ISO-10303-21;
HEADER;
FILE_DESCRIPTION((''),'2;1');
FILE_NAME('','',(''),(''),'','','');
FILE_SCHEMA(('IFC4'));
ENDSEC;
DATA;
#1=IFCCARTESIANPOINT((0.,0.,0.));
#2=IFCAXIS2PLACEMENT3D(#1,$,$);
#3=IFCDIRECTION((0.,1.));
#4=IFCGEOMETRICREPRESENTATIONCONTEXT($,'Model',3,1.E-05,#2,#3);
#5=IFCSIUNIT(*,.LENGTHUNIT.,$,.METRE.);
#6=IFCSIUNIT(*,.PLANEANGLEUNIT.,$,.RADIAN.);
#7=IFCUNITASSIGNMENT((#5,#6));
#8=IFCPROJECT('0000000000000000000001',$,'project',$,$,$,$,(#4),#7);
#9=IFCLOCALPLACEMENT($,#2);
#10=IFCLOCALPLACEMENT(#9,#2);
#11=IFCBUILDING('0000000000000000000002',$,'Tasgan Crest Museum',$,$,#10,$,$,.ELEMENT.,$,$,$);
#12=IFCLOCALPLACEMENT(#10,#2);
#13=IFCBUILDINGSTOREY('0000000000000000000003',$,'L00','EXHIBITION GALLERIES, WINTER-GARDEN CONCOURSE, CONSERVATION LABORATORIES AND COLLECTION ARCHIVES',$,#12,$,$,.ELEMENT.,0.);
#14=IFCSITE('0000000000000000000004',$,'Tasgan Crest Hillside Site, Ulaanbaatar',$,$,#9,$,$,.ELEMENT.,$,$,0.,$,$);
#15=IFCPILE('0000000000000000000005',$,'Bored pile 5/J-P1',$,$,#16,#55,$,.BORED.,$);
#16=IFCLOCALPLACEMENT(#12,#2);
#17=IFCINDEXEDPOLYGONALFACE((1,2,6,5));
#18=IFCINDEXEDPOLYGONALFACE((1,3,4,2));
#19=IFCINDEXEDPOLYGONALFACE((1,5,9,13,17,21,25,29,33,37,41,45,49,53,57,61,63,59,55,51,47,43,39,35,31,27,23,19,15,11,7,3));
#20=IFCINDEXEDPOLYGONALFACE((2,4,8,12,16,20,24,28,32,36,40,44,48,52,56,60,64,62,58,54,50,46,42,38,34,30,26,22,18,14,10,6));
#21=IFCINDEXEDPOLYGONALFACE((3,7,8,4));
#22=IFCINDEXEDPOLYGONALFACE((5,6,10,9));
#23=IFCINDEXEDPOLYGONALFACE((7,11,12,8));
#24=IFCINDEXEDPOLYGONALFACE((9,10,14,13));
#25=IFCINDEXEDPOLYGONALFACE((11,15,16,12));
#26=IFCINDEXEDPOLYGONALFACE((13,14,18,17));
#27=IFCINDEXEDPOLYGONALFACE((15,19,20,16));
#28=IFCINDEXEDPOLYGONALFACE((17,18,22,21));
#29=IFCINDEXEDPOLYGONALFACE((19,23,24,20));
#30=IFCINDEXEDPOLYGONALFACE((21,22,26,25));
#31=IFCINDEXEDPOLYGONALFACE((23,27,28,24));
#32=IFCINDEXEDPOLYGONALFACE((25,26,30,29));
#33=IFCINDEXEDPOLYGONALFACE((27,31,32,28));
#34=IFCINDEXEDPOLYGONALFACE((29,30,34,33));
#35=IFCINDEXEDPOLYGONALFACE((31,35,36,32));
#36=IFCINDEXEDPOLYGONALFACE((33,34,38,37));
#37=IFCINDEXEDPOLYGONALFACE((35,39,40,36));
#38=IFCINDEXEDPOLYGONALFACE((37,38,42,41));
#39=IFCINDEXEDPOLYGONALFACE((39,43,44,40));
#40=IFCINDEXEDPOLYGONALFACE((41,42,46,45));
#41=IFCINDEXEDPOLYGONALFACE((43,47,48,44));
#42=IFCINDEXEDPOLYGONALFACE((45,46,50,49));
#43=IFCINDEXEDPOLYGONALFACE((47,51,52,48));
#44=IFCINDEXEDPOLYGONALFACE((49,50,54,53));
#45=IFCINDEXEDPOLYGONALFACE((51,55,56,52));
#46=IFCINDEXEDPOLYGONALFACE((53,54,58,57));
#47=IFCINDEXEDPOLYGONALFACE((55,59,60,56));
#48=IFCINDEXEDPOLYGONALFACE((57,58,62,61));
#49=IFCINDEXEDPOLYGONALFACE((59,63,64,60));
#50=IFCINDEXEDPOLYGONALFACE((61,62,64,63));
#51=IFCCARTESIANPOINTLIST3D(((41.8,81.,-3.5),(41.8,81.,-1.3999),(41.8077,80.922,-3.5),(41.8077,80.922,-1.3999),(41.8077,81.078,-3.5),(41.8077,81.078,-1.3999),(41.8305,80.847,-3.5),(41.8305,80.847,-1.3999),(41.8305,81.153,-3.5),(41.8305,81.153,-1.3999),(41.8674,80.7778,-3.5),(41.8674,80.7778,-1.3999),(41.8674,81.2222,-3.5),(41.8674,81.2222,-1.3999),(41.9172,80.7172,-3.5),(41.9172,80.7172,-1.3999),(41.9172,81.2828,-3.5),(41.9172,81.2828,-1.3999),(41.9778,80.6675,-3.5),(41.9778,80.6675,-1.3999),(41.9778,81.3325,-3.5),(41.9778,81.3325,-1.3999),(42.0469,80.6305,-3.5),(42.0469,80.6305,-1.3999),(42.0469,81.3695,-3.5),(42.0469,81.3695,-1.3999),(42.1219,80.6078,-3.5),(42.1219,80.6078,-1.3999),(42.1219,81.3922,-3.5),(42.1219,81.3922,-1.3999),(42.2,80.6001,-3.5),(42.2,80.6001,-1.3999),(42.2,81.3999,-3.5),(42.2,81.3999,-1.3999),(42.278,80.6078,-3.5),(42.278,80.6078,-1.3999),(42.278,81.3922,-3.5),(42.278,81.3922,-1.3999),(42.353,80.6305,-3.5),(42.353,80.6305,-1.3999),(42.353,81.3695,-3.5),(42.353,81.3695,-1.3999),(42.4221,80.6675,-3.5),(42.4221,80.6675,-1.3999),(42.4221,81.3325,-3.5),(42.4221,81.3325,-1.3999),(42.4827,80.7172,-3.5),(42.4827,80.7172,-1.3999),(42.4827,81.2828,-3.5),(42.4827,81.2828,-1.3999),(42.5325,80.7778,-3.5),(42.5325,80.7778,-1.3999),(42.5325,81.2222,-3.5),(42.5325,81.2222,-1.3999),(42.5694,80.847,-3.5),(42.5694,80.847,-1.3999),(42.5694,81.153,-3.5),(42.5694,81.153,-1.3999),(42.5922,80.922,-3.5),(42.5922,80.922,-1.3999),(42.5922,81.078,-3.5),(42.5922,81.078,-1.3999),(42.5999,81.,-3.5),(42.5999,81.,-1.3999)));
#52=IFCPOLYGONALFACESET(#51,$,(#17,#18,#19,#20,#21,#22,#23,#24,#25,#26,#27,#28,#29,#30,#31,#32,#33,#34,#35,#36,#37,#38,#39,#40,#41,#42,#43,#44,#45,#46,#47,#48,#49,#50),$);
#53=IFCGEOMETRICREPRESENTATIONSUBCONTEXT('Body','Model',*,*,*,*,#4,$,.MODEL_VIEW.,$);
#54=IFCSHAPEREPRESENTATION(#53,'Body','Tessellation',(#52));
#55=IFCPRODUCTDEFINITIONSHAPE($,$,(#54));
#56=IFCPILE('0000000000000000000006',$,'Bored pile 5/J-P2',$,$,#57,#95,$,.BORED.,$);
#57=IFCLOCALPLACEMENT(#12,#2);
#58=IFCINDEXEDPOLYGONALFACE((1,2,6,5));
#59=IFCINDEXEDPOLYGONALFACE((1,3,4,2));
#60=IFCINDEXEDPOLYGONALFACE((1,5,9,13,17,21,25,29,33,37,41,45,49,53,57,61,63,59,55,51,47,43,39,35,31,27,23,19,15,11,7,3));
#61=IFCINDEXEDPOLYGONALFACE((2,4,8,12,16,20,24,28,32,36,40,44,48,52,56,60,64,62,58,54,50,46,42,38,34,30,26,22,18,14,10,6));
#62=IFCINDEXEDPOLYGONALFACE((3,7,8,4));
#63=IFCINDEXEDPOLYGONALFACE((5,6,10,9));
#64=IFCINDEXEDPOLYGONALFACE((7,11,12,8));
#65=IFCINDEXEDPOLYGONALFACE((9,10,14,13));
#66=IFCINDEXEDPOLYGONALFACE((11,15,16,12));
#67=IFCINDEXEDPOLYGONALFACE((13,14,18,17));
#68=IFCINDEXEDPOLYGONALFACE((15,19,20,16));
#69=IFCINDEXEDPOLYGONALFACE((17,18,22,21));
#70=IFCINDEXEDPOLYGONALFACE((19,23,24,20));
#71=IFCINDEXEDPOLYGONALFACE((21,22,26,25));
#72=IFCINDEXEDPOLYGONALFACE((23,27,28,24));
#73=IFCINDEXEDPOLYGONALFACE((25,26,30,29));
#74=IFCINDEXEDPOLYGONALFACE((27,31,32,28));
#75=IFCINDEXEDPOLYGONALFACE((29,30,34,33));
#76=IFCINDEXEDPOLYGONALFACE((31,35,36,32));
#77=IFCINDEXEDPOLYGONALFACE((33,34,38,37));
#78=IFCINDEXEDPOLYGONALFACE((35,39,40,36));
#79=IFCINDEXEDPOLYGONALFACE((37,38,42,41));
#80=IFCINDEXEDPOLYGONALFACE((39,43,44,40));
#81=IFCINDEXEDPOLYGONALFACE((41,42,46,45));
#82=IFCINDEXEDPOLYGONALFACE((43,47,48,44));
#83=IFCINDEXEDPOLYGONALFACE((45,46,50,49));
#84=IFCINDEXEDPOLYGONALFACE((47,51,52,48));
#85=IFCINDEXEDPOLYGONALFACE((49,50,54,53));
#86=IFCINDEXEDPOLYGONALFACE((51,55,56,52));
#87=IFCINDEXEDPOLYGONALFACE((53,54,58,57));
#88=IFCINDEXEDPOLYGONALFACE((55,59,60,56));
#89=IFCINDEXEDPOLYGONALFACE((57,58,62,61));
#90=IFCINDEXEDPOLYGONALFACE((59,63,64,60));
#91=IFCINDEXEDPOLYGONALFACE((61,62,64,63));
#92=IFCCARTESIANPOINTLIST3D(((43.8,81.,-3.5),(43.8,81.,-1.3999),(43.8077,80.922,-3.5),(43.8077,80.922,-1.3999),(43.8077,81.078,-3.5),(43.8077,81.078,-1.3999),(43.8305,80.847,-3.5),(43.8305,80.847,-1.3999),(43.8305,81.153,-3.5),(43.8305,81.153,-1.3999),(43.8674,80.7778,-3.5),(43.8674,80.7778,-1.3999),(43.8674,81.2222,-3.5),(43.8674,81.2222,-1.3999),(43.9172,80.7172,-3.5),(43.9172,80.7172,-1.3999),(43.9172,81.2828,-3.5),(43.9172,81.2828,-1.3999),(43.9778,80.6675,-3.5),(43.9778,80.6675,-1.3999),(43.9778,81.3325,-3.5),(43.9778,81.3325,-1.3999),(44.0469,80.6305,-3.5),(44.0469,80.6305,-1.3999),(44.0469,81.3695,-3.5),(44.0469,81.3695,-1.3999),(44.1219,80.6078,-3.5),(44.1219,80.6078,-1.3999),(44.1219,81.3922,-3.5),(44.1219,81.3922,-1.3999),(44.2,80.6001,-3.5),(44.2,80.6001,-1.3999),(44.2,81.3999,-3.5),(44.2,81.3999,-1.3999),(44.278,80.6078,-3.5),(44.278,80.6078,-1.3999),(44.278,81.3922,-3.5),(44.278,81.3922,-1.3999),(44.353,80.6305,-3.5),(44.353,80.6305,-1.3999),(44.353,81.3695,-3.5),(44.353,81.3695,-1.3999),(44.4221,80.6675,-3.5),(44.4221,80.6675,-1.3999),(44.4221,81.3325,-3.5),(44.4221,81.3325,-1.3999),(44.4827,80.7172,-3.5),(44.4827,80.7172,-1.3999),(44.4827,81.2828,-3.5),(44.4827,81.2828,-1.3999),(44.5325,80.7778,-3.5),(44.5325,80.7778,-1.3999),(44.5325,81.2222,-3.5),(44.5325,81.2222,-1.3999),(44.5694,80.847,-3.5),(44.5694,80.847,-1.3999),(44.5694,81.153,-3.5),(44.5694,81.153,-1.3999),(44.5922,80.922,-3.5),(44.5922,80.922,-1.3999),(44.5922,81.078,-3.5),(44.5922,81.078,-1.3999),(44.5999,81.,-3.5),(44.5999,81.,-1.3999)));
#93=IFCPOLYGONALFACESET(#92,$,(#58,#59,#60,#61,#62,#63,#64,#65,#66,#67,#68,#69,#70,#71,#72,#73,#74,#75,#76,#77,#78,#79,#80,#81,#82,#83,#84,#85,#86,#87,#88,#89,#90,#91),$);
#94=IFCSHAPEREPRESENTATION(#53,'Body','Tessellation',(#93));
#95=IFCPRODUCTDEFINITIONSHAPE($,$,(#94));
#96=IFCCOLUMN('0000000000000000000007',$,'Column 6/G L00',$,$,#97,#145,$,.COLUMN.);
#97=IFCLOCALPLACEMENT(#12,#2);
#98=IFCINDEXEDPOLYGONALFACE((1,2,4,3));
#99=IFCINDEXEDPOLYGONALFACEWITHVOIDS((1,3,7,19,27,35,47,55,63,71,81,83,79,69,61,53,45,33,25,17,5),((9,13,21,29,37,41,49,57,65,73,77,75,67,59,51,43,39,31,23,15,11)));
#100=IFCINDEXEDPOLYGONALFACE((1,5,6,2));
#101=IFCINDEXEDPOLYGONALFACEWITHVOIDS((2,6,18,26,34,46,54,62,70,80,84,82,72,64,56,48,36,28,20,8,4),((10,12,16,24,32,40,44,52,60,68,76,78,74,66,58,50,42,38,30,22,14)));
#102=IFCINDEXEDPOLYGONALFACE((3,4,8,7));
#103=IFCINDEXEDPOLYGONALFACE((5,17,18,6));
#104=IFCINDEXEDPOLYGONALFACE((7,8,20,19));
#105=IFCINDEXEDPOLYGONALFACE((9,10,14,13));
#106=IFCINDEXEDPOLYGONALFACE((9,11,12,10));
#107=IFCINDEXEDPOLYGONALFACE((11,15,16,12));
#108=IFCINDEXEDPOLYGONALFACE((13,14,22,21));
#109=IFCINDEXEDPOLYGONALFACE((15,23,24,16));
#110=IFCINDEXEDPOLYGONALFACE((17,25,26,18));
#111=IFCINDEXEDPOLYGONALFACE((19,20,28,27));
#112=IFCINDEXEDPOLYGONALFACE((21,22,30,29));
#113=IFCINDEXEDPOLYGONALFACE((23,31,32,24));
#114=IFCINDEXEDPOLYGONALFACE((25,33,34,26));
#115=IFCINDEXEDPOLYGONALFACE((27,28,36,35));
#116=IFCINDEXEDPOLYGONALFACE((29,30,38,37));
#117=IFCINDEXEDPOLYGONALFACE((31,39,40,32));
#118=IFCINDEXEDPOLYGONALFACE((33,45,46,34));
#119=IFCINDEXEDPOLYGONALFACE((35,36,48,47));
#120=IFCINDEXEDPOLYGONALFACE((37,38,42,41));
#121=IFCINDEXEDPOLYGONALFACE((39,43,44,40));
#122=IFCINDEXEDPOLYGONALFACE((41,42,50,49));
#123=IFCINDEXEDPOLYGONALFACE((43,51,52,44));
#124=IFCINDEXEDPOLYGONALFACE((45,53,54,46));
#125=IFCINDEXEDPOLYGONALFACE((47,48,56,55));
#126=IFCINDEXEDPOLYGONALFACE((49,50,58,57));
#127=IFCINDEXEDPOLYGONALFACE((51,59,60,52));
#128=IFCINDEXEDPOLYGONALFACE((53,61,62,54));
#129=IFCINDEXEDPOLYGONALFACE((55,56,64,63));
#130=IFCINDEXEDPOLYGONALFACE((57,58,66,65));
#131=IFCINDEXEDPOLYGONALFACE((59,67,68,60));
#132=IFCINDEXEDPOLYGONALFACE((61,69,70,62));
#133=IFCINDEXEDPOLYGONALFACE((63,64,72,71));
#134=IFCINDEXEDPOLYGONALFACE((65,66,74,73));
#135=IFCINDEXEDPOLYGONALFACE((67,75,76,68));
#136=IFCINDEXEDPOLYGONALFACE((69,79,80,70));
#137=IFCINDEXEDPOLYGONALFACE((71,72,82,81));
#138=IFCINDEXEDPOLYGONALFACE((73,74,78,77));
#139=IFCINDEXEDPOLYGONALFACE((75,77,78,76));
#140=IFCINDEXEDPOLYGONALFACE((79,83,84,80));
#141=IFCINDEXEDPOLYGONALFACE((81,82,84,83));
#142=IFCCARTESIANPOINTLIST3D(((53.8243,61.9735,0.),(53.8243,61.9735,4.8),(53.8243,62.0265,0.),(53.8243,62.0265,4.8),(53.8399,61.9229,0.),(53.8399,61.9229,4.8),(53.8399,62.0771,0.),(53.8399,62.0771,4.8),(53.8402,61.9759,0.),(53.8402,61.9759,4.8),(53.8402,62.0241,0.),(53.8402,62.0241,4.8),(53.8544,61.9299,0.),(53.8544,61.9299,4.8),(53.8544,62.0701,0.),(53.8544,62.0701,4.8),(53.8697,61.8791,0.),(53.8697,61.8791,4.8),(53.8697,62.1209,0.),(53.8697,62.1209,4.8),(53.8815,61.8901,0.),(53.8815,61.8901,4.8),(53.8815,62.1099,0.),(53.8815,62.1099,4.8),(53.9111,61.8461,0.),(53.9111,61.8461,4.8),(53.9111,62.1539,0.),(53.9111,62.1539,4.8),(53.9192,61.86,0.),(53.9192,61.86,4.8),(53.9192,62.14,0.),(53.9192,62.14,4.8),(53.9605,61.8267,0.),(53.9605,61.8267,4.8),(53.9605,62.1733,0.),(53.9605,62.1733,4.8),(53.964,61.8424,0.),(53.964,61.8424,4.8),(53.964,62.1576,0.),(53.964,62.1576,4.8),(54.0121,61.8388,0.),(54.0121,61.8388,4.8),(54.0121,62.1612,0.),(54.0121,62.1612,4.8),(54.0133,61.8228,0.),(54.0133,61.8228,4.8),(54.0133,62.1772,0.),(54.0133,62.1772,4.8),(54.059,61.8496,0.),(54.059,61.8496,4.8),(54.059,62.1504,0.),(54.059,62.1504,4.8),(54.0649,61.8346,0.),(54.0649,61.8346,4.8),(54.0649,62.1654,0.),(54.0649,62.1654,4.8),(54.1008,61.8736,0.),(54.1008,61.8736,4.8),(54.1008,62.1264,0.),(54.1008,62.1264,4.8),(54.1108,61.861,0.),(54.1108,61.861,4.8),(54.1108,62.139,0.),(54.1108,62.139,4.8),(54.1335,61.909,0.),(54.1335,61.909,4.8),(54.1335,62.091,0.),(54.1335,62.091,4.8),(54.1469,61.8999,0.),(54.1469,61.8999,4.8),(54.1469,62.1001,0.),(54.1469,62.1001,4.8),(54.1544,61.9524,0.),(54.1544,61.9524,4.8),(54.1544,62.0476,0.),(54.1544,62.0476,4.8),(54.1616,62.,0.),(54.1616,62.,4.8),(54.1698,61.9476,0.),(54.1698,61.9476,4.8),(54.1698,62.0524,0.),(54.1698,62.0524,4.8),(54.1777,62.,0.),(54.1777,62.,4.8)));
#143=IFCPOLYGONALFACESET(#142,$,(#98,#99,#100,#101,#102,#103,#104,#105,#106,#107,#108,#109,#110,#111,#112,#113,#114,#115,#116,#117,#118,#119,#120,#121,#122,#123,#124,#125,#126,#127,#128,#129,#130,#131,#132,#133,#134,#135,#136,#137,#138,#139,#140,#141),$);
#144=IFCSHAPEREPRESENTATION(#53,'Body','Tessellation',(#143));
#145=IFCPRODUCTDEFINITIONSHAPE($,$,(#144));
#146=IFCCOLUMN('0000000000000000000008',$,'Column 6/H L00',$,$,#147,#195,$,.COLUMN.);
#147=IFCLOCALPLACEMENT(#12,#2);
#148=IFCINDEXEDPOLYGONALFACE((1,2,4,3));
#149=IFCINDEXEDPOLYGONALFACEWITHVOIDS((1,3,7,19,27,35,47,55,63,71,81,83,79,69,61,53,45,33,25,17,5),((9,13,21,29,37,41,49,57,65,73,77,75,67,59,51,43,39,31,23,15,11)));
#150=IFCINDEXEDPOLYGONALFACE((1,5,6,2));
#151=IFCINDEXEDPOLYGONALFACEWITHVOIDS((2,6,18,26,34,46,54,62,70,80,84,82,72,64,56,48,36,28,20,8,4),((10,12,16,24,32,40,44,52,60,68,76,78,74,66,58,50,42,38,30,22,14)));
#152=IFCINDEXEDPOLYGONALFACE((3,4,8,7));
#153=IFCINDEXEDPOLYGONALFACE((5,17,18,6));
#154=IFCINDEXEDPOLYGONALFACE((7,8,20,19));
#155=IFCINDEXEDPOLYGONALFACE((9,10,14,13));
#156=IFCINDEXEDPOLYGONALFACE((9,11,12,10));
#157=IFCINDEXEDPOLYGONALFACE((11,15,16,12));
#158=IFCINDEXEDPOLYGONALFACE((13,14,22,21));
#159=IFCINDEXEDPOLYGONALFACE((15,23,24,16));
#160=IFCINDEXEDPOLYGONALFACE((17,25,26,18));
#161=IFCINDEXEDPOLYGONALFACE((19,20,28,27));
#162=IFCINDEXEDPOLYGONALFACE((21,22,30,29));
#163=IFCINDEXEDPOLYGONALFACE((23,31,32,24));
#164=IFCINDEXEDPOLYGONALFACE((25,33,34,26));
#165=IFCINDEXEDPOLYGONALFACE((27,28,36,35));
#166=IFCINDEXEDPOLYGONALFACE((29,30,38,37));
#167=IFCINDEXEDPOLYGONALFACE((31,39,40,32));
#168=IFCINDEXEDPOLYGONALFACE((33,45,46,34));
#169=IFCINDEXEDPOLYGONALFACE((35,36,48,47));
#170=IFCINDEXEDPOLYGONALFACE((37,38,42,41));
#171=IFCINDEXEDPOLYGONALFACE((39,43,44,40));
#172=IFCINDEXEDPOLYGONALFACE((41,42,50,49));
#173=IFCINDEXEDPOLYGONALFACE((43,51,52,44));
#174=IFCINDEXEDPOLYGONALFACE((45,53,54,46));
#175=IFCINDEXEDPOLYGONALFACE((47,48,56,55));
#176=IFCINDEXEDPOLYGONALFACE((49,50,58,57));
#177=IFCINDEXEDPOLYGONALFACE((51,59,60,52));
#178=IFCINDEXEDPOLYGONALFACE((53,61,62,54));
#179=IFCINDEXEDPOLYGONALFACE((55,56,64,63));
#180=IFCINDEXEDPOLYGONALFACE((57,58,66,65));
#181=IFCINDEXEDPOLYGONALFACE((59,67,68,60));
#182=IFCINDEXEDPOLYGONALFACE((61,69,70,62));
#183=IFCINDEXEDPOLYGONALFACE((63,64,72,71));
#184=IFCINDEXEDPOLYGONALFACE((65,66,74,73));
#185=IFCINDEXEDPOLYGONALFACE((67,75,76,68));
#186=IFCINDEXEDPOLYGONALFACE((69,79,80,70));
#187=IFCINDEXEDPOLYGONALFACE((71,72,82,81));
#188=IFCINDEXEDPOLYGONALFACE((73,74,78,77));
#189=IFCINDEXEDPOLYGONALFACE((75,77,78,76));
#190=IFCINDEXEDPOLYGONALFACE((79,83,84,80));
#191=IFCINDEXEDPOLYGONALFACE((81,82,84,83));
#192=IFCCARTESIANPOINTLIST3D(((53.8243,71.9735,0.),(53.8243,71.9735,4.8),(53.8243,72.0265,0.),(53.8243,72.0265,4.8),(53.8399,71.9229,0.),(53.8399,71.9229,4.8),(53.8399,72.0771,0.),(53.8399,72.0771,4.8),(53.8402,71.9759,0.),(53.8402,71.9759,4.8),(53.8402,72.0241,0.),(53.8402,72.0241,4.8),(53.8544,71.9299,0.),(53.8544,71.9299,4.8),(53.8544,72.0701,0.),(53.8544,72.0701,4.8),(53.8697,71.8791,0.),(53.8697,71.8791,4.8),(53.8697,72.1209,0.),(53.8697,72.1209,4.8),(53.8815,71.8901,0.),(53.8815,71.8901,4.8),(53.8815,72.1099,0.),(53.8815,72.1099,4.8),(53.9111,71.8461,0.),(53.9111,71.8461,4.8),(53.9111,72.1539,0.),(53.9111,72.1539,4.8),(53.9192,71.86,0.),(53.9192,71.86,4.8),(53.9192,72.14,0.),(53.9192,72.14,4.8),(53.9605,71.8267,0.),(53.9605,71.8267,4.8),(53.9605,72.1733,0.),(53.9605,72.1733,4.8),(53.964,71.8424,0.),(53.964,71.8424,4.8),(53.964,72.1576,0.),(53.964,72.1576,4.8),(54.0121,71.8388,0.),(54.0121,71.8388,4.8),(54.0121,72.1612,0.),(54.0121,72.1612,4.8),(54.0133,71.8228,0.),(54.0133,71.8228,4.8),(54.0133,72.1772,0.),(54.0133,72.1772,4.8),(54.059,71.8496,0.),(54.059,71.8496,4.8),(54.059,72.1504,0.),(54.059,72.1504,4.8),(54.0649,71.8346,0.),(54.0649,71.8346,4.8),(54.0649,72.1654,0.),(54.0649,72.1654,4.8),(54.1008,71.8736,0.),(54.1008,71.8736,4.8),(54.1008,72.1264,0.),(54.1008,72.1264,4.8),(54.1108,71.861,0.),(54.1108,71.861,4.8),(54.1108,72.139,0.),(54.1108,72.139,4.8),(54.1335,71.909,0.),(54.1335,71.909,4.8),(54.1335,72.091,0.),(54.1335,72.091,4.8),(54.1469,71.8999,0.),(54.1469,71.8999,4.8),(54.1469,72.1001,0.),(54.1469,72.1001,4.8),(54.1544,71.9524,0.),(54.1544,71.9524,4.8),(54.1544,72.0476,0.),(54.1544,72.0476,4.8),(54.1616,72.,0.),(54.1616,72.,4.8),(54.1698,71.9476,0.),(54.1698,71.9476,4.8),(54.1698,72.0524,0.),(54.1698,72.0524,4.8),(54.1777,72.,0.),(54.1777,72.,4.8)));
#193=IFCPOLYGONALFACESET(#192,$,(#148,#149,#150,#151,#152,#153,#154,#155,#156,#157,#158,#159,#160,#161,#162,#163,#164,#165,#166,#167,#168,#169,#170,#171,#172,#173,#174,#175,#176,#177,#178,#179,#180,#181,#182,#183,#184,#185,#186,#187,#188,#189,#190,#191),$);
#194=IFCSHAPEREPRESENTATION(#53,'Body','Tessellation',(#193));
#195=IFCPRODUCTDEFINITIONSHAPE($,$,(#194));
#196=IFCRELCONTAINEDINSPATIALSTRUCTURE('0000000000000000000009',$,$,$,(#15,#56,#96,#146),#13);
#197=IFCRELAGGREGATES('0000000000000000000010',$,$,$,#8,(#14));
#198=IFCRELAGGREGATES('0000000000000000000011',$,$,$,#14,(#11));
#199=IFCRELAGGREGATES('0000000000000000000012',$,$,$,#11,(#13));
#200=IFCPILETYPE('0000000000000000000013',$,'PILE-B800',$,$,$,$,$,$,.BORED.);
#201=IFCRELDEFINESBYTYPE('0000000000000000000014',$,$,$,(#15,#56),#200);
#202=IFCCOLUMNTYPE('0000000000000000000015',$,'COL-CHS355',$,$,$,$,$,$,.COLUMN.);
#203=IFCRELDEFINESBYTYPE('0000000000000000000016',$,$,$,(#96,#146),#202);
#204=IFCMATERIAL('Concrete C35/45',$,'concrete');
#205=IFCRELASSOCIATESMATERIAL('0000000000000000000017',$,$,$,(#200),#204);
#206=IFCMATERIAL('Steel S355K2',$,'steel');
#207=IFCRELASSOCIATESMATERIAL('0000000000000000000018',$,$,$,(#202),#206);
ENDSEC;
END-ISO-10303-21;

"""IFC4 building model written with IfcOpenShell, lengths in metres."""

from ifc_helpers import new_model, si_unit, direction, frame, origin, origin_2d, place, context, subcontext, project, spatial, circle, hollow_circle, extrude, material, material_profile, profile_set, type_object, element, save


model = new_model("IFC4")

# Units and contexts
model_context = context("Model", 3, precision=1e-05, world=origin(), true_north=direction((0.0, 1.0)))
body_context = subcontext(model_context, "Body", "Model", "MODEL_VIEW")
ifc_project = project(units=[si_unit("LENGTHUNIT", "METRE"), si_unit("PLANEANGLEUNIT", "RADIAN")], contexts=[model_context])

# Site, building, storey
site_placement = place(None, origin())
site = spatial("IfcSite", under=ifc_project, at=site_placement, Name="Tasgan Crest Hillside Site, Ulaanbaatar", CompositionType="ELEMENT", RefElevation=0.0)
building_placement = place(site_placement, origin())
building = spatial("IfcBuilding", under=site, at=building_placement, Name="Tasgan Crest Museum", CompositionType="ELEMENT")
storey_placement = place(building_placement, origin())
storey = spatial("IfcBuildingStorey", under=building, at=storey_placement, Name="L00", Description="EXHIBITION GALLERIES, WINTER-GARDEN CONCOURSE, CONSERVATION LABORATORIES AND COLLECTION ARCHIVES", CompositionType="ELEMENT", Elevation=0.0)

# Piles
ifc_material_1 = material(Name="Concrete C35/45", Category="concrete")
ifc_material_profile_1 = material_profile(ifc_material_1, circle(Radius=0.3999, at=origin_2d()), Name="PILE D800")
ifc_profile_set_1 = profile_set([ifc_material_profile_1], Name="Concrete C35/45")
pile_type_1 = type_object("IfcPileType", Name="PILE-B800", PredefinedType="BORED", material=ifc_profile_set_1)
for number, where, z_axis, x_axis, name in (
    (1, (42.2, 81.0, -1.3999), (0.0, 0.0, -1.0), (1.0, 0.0, 0.0), "Bored pile 5/J-P1"),
    (2, (44.2, 81.0, -1.3999), (0.0, 0.0, -1.0), (1.0, 0.0, 0.0), "Bored pile 5/J-P2"),
):
    element("IfcPile", number, at=place(storey_placement, frame(where, z_axis=z_axis, x_axis=x_axis)), inside=storey, type_object=pile_type_1, Name=name, PredefinedType="BORED", context=body_context, shape_type="SweptSolid", body=[
        extrude(circle(Radius=0.3999, at=origin_2d()), origin(), (0.0, 0.0, 1.0), 2.1001),
    ])

# Columns
ifc_material_2 = material(Name="Steel S355K2", Category="steel")
ifc_material_profile_2 = material_profile(ifc_material_2, hollow_circle(Radius=0.1777, WallThickness=0.0161, at=origin_2d()), Name="CHS 355.6x16")
ifc_profile_set_2 = profile_set([ifc_material_profile_2], Name="Steel S355K2")
column_type_1 = type_object("IfcColumnType", Name="COL-CHS355", PredefinedType="COLUMN", material=ifc_profile_set_2)
for number, where, z_axis, x_axis, name in (
    (3, (54.0, 62.0, 0.0), (0.0, 0.0, 1.0), (1.0, 0.0, 0.0), "Column 6/G L00"),
    (4, (54.0, 72.0, 0.0), (0.0, 0.0, 1.0), (1.0, 0.0, 0.0), "Column 6/H L00"),
):
    element("IfcColumn", number, at=place(storey_placement, frame(where, z_axis=z_axis, x_axis=x_axis)), inside=storey, type_object=column_type_1, Name=name, PredefinedType="COLUMN", context=body_context, shape_type="SweptSolid", body=[
        extrude(hollow_circle(Radius=0.1777, WallThickness=0.0161, at=origin_2d()), origin(), (0.0, 0.0, 1.0), 4.8),
    ])

save(model, "model.ifc")
